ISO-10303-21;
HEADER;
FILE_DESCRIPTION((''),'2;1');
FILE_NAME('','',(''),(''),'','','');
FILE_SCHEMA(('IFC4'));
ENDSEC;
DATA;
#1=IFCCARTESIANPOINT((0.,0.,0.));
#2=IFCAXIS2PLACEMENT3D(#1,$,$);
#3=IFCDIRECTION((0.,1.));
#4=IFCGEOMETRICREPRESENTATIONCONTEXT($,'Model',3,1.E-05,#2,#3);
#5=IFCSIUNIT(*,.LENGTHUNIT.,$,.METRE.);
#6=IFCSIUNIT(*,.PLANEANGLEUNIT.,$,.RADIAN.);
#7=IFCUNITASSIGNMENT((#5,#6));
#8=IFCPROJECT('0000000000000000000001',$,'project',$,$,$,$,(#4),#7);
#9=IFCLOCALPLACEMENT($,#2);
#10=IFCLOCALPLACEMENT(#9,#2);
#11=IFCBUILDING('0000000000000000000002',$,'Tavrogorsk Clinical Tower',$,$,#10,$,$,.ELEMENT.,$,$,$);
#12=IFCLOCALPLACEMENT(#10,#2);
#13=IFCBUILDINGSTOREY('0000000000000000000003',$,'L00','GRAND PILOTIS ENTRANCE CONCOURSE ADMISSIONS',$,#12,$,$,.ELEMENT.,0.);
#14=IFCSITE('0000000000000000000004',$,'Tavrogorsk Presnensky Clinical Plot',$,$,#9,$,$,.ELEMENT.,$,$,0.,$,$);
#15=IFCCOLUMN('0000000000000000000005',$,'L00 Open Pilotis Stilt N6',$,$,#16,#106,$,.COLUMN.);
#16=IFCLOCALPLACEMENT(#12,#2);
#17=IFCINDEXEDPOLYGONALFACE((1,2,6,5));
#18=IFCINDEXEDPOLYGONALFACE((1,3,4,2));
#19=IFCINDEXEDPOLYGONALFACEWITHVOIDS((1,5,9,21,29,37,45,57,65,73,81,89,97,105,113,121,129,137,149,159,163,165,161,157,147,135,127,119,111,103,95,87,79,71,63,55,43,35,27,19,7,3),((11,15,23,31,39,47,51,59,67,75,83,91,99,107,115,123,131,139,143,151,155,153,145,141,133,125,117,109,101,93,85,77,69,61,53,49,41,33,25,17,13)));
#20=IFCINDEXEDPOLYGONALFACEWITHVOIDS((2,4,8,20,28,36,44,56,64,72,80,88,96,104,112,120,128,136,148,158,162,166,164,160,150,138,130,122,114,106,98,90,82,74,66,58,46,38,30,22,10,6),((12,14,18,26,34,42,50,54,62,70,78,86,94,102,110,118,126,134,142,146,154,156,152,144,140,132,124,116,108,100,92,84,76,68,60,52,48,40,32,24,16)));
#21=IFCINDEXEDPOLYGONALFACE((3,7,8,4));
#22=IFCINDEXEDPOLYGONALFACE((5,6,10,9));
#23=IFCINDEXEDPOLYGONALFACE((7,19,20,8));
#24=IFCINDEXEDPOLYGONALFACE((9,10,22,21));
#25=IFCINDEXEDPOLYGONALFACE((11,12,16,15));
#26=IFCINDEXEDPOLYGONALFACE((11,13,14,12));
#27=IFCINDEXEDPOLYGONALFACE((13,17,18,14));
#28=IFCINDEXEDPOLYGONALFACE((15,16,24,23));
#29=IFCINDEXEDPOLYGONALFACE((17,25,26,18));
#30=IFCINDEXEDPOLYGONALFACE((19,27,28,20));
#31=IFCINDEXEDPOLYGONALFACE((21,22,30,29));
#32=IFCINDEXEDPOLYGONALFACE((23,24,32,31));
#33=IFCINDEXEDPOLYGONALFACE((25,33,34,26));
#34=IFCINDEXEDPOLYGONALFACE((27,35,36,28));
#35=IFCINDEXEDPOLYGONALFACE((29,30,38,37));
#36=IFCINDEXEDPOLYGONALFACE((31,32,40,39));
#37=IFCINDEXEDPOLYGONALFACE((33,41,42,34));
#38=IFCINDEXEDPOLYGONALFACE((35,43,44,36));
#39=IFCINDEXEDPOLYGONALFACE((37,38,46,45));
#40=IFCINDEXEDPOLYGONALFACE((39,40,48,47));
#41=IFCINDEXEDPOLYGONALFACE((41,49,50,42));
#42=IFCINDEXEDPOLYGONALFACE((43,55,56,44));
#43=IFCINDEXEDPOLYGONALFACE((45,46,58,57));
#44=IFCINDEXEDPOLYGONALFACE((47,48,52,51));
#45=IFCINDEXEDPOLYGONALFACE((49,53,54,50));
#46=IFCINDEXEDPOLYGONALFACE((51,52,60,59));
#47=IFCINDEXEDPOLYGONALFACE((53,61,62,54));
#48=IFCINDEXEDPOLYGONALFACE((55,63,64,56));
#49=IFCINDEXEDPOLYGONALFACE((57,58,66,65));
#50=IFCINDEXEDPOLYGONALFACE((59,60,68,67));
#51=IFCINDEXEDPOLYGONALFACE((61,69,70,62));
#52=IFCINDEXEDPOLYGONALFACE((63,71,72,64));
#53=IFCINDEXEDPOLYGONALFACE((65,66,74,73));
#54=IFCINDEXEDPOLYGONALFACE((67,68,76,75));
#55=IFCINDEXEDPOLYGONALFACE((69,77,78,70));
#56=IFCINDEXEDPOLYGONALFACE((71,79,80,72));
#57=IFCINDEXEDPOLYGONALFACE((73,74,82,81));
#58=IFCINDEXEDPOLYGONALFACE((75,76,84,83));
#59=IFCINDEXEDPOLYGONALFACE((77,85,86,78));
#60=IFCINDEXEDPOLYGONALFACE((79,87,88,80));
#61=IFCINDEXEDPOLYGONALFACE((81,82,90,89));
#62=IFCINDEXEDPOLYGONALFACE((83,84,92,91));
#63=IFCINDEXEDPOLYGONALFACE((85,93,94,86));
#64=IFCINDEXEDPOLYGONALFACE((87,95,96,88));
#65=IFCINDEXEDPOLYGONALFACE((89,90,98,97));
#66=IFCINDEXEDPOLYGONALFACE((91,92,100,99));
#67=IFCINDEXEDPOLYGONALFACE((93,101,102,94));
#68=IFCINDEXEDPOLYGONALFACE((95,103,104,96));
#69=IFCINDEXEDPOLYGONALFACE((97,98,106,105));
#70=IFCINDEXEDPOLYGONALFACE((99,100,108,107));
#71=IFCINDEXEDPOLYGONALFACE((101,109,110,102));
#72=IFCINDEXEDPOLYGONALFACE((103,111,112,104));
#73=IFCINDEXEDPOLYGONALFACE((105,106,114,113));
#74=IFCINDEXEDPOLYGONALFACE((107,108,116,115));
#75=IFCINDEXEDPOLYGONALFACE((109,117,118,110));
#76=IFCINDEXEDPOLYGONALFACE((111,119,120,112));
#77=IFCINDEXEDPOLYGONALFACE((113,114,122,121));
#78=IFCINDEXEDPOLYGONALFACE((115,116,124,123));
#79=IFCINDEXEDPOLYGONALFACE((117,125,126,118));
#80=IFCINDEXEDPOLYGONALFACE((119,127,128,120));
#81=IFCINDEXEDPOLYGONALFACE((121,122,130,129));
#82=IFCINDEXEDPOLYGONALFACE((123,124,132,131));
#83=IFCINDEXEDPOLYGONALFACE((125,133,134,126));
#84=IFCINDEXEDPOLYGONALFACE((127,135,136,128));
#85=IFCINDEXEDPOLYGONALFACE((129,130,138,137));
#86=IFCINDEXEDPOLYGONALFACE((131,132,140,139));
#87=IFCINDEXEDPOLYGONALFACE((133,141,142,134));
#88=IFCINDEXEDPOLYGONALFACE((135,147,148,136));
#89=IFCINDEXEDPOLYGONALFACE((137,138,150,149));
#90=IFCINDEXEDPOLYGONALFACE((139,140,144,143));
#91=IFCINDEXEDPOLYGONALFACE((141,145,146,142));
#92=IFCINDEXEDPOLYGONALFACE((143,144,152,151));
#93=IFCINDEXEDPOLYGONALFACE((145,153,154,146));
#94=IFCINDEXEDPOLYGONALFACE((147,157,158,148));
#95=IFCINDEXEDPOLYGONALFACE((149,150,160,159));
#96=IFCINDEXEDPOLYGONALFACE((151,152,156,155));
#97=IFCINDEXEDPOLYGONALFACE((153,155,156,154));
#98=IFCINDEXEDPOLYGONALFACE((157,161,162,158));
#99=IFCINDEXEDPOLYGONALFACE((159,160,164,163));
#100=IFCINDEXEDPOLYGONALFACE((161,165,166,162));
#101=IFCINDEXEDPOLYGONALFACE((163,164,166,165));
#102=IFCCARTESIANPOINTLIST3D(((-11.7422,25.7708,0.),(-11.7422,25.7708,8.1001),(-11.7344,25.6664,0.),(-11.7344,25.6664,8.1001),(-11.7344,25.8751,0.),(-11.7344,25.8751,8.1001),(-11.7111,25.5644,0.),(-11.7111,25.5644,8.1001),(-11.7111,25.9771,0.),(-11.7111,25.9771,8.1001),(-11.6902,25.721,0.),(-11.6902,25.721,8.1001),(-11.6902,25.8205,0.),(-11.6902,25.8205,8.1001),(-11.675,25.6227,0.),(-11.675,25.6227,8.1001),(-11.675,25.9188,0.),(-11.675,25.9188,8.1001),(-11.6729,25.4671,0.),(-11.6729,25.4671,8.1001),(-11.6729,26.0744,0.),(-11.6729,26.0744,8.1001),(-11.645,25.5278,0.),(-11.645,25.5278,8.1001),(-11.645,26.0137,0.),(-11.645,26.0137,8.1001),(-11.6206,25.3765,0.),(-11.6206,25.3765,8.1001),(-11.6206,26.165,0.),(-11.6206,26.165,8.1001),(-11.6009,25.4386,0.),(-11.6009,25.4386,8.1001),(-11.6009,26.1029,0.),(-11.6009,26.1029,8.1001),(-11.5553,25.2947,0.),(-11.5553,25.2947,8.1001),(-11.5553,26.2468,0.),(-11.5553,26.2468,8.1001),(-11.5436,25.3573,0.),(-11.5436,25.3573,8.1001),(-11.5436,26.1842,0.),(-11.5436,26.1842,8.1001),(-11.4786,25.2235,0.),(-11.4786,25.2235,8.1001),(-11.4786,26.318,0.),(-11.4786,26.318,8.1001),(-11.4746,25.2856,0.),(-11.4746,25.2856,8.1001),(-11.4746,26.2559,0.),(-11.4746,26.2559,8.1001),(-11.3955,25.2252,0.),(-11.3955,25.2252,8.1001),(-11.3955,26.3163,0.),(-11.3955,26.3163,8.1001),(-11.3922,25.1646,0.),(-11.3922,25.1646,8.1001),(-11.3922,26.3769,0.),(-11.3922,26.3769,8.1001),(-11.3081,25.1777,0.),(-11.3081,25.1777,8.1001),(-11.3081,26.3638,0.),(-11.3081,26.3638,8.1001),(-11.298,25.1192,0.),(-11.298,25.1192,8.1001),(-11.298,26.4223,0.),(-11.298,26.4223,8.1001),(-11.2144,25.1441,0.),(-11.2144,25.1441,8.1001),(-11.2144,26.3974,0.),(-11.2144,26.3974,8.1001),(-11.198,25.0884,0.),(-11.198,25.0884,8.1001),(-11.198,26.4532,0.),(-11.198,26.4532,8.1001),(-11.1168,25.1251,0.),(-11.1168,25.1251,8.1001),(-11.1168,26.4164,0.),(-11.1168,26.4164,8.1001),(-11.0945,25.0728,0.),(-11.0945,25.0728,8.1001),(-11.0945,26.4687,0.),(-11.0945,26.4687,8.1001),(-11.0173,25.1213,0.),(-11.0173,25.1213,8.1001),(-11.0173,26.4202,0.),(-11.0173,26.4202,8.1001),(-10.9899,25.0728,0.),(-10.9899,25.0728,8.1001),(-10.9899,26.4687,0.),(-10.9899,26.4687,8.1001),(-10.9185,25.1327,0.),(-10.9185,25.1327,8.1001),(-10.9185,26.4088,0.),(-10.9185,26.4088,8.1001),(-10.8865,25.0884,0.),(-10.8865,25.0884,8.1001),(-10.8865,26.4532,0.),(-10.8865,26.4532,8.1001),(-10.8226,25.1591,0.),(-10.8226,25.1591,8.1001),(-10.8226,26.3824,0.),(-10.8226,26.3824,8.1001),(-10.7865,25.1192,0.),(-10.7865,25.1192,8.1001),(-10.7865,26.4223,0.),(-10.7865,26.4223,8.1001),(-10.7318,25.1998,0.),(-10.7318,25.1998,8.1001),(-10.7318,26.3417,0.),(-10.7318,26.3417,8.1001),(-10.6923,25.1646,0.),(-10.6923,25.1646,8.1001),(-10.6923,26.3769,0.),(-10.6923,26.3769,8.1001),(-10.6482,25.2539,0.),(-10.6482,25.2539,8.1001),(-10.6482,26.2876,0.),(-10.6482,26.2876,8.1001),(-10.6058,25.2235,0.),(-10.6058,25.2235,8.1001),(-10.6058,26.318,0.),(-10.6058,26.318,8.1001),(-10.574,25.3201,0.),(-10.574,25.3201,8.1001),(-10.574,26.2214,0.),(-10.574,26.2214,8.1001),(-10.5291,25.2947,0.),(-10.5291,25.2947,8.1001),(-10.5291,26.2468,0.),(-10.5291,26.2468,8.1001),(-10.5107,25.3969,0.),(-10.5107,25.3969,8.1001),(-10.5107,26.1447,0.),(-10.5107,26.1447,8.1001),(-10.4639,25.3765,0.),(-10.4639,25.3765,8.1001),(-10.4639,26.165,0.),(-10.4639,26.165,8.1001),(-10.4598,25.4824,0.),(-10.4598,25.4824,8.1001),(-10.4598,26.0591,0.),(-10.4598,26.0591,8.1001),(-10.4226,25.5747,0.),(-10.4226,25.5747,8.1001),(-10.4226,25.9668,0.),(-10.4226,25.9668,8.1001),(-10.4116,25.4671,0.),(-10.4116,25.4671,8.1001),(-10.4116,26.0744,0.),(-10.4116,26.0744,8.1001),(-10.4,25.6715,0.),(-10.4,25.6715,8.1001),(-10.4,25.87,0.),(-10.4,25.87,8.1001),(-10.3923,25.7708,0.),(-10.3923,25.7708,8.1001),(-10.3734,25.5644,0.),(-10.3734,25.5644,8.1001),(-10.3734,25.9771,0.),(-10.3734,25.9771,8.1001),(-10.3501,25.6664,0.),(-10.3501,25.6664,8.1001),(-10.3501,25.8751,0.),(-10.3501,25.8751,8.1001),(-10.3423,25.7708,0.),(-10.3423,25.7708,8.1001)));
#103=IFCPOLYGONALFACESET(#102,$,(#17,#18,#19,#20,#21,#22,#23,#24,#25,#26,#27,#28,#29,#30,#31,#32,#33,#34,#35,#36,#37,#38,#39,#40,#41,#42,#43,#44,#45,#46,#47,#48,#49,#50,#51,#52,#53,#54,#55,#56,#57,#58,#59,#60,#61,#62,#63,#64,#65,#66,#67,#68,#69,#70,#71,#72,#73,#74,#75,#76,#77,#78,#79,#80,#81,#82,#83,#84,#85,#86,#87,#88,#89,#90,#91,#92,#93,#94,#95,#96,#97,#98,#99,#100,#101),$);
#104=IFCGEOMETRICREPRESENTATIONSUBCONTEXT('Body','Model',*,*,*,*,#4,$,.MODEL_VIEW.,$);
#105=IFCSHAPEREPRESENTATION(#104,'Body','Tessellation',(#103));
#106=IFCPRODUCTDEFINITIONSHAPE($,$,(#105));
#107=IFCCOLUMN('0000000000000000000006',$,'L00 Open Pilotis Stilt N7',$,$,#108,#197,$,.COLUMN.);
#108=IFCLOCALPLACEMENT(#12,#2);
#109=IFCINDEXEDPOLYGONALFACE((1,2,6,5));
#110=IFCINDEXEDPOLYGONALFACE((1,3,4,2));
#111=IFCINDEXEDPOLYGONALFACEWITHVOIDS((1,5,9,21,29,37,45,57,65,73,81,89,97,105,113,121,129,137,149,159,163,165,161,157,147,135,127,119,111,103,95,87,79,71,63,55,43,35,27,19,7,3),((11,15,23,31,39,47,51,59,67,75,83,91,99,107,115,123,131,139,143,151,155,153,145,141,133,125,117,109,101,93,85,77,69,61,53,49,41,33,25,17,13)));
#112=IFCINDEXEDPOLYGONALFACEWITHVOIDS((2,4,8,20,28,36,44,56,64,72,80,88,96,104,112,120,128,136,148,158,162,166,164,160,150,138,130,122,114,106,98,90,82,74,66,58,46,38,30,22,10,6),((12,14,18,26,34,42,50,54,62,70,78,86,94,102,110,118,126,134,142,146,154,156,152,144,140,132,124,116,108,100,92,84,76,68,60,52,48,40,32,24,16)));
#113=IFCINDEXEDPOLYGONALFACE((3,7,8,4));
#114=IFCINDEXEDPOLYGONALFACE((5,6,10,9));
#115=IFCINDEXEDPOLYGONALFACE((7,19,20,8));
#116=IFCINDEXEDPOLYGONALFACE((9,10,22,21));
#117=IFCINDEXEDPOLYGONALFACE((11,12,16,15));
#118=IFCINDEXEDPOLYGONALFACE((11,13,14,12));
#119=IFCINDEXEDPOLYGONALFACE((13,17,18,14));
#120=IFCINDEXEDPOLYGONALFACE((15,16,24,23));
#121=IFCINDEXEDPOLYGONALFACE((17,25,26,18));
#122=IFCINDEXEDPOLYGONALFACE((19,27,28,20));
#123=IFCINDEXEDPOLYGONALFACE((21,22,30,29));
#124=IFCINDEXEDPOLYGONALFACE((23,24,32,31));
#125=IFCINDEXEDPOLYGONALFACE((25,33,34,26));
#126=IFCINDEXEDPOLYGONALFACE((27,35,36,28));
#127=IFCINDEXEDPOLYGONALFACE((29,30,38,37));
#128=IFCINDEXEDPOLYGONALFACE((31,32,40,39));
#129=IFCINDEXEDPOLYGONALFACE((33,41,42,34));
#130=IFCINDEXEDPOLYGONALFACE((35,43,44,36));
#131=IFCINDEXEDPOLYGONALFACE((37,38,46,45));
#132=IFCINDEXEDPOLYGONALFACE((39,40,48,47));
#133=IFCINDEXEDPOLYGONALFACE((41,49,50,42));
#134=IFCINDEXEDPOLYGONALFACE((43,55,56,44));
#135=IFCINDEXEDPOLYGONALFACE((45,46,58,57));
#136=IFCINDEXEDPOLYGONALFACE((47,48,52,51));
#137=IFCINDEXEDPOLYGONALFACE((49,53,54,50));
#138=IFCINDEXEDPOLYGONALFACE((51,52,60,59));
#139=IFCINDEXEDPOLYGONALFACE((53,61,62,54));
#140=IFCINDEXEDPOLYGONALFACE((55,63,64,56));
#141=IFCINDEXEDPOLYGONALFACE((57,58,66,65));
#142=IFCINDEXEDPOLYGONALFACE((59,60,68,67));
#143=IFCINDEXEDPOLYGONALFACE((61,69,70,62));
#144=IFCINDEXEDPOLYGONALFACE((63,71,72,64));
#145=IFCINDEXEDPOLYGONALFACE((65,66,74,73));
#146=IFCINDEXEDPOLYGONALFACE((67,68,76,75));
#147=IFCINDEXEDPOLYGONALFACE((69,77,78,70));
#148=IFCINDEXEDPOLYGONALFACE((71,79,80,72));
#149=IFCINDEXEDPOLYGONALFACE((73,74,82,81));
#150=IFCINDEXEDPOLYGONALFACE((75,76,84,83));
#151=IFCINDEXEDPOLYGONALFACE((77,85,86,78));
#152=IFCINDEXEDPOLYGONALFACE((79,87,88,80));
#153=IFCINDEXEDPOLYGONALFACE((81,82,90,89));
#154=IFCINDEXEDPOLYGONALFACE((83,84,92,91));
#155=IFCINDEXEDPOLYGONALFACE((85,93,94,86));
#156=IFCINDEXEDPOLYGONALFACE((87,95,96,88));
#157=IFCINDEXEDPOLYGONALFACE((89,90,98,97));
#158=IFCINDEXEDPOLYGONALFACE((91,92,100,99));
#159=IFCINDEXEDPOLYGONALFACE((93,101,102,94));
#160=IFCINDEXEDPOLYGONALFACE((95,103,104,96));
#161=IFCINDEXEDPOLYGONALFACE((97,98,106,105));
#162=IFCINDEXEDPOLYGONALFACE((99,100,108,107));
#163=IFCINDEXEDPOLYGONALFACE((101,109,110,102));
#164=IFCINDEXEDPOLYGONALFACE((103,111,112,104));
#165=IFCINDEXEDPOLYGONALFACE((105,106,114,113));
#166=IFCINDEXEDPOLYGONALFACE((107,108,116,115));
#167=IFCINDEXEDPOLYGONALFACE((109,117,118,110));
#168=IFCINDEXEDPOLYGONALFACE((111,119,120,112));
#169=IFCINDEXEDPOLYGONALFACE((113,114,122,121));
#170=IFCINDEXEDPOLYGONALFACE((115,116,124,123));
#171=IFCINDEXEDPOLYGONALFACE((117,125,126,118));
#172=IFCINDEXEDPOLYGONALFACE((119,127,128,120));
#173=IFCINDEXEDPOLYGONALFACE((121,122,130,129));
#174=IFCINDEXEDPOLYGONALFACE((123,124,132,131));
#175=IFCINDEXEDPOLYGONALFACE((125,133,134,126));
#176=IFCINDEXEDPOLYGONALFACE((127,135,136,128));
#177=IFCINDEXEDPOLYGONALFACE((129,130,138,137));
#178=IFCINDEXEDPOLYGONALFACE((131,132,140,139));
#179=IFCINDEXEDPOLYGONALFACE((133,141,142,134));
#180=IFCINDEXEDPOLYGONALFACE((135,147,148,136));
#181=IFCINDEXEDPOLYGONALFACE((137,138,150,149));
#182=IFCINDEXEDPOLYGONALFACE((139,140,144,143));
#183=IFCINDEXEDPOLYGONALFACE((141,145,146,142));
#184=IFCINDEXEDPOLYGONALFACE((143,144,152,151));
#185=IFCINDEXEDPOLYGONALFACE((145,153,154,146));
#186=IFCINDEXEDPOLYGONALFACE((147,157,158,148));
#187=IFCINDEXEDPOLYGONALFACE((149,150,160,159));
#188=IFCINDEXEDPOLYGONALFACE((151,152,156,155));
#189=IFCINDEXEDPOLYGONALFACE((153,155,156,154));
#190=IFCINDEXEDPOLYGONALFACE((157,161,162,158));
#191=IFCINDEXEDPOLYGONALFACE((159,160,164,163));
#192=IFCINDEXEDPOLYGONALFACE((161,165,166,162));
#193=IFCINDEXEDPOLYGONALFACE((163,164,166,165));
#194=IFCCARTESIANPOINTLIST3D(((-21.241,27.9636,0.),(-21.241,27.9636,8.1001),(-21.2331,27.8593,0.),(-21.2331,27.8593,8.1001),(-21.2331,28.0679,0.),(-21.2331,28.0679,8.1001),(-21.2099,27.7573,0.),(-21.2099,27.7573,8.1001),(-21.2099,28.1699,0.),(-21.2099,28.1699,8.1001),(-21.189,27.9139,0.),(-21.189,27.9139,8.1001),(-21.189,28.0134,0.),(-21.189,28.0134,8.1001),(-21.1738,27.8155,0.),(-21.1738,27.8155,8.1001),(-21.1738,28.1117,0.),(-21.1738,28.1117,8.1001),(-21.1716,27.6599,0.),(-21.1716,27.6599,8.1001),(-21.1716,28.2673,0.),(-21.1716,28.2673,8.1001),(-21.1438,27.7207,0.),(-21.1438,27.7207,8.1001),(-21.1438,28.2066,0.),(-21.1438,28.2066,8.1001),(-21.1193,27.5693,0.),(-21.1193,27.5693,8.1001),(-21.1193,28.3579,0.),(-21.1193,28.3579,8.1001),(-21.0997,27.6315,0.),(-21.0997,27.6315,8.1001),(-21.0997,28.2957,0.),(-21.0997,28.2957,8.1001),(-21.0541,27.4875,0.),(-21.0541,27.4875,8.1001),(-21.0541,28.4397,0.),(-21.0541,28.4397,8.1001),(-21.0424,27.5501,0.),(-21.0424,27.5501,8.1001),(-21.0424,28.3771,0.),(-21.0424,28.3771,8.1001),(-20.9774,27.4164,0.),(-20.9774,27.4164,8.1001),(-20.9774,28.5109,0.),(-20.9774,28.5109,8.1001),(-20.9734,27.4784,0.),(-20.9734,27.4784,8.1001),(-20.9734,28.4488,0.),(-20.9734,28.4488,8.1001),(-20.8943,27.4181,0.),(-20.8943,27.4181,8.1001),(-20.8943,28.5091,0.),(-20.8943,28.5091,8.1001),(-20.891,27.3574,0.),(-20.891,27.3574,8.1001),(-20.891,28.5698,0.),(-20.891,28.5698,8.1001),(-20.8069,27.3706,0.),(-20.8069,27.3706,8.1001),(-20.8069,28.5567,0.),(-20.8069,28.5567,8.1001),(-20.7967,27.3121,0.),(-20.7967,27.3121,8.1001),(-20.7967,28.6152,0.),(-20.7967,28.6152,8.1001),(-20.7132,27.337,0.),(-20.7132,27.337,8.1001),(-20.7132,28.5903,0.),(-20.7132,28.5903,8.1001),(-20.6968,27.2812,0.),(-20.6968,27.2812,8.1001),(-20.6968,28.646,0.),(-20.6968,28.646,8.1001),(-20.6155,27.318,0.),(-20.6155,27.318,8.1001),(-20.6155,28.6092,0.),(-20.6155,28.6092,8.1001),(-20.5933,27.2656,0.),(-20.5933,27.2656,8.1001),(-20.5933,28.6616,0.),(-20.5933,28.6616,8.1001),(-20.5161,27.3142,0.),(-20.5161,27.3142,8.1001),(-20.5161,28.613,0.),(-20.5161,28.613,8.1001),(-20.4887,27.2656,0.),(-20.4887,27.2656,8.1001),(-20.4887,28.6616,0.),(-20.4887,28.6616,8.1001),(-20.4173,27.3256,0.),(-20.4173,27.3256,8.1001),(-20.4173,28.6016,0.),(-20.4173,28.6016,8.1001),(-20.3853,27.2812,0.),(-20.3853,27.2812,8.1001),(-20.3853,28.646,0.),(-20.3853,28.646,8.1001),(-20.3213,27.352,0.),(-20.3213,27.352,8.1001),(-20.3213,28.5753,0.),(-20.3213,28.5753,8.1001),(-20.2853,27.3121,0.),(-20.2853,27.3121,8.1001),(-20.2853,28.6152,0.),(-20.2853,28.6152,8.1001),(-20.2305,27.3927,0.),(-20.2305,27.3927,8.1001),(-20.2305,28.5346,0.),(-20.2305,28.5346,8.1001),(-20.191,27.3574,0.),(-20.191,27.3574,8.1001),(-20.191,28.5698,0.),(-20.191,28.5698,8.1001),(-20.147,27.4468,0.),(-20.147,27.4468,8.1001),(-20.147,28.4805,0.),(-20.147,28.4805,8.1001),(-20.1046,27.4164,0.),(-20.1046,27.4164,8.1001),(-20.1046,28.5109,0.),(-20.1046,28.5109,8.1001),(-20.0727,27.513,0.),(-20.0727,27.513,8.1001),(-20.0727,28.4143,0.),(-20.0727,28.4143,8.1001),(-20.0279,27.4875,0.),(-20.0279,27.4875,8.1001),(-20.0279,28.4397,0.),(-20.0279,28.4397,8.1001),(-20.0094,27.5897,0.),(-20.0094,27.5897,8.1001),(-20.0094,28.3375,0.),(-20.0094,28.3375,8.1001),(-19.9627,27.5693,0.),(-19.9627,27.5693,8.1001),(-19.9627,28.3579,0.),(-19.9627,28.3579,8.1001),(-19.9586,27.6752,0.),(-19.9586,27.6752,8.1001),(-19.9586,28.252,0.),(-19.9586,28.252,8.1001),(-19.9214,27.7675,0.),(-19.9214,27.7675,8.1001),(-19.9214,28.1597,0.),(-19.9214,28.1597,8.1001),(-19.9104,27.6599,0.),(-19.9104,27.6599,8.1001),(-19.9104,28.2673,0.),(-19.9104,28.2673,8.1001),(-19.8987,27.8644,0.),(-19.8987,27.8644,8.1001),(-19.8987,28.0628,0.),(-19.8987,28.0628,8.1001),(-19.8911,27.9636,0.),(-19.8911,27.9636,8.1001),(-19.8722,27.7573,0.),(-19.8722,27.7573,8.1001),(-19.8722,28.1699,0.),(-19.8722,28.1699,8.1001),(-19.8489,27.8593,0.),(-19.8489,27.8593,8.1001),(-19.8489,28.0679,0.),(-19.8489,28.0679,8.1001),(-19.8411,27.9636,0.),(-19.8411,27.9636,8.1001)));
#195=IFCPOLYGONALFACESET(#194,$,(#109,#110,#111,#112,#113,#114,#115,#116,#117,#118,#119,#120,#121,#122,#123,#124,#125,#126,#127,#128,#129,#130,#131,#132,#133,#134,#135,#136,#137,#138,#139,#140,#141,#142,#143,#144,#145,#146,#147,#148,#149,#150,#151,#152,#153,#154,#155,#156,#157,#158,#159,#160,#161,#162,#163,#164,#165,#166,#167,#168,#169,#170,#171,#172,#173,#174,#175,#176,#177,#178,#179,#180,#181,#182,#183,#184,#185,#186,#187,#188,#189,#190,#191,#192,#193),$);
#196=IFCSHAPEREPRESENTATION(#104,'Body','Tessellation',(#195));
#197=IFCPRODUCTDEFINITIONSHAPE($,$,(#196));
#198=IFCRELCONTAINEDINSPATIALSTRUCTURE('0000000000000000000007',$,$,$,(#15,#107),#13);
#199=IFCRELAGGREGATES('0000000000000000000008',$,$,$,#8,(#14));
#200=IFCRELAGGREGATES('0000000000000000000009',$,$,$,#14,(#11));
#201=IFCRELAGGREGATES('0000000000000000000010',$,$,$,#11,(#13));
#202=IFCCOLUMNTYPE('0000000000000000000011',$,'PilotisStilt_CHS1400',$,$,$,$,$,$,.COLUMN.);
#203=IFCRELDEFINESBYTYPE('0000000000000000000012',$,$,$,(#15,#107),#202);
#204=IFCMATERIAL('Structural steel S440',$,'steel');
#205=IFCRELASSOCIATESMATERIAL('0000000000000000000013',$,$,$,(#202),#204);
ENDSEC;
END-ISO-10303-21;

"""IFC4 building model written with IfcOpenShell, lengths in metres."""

from ifc_helpers import new_model, si_unit, direction, frame, origin, origin_2d, place, context, subcontext, project, spatial, hollow_circle, extrude, material, material_profile, profile_set, type_object, element, save


model = new_model("IFC4")

# Units and contexts
model_context = context("Model", 3, precision=1e-05, world=origin(), true_north=direction((0.0, 1.0)))
body_context = subcontext(model_context, "Body", "Model", "MODEL_VIEW")
ifc_project = project(units=[si_unit("LENGTHUNIT", "METRE"), si_unit("PLANEANGLEUNIT", "RADIAN")], contexts=[model_context])

# Site, building, storey
site_placement = place(None, origin())
site = spatial("IfcSite", under=ifc_project, at=site_placement, Name="Tavrogorsk Presnensky Clinical Plot", CompositionType="ELEMENT", RefElevation=0.0)
building_placement = place(site_placement, origin())
building = spatial("IfcBuilding", under=site, at=building_placement, Name="Tavrogorsk Clinical Tower", CompositionType="ELEMENT")
storey_placement = place(building_placement, origin())
storey = spatial("IfcBuildingStorey", under=building, at=storey_placement, Name="L00", Description="GRAND PILOTIS ENTRANCE CONCOURSE ADMISSIONS", CompositionType="ELEMENT", Elevation=0.0)

# Columns
ifc_material_1 = material(Name="Structural steel S440", Category="steel")
ifc_material_profile_1 = material_profile(ifc_material_1, hollow_circle(Radius=0.7, WallThickness=0.05, at=origin_2d()), Name="CHS-1400x50")
ifc_profile_set_1 = profile_set([ifc_material_profile_1], Name="Structural steel S440")
column_type = type_object("IfcColumnType", Name="PilotisStilt_CHS1400", PredefinedType="COLUMN", material=ifc_profile_set_1)
for number, where, z_axis, x_axis, name in (
    (1, (-11.0422, 25.7708, 0.0), (0.0, 0.0, 1.0), (1.0, 0.0, 0.0), "L00 Open Pilotis Stilt N6"),
    (2, (-20.541, 27.9636, 0.0), (0.0, 0.0, 1.0), (1.0, 0.0, 0.0), "L00 Open Pilotis Stilt N7"),
):
    element("IfcColumn", number, at=place(storey_placement, frame(where, z_axis=z_axis, x_axis=x_axis)), inside=storey, type_object=column_type, Name=name, PredefinedType="COLUMN", context=body_context, shape_type="SweptSolid", body=[
        extrude(hollow_circle(Radius=0.7, WallThickness=0.05, at=origin_2d()), origin(), (0.0, 0.0, 1.0), 8.1001),
    ])

save(model, "model.ifc")
